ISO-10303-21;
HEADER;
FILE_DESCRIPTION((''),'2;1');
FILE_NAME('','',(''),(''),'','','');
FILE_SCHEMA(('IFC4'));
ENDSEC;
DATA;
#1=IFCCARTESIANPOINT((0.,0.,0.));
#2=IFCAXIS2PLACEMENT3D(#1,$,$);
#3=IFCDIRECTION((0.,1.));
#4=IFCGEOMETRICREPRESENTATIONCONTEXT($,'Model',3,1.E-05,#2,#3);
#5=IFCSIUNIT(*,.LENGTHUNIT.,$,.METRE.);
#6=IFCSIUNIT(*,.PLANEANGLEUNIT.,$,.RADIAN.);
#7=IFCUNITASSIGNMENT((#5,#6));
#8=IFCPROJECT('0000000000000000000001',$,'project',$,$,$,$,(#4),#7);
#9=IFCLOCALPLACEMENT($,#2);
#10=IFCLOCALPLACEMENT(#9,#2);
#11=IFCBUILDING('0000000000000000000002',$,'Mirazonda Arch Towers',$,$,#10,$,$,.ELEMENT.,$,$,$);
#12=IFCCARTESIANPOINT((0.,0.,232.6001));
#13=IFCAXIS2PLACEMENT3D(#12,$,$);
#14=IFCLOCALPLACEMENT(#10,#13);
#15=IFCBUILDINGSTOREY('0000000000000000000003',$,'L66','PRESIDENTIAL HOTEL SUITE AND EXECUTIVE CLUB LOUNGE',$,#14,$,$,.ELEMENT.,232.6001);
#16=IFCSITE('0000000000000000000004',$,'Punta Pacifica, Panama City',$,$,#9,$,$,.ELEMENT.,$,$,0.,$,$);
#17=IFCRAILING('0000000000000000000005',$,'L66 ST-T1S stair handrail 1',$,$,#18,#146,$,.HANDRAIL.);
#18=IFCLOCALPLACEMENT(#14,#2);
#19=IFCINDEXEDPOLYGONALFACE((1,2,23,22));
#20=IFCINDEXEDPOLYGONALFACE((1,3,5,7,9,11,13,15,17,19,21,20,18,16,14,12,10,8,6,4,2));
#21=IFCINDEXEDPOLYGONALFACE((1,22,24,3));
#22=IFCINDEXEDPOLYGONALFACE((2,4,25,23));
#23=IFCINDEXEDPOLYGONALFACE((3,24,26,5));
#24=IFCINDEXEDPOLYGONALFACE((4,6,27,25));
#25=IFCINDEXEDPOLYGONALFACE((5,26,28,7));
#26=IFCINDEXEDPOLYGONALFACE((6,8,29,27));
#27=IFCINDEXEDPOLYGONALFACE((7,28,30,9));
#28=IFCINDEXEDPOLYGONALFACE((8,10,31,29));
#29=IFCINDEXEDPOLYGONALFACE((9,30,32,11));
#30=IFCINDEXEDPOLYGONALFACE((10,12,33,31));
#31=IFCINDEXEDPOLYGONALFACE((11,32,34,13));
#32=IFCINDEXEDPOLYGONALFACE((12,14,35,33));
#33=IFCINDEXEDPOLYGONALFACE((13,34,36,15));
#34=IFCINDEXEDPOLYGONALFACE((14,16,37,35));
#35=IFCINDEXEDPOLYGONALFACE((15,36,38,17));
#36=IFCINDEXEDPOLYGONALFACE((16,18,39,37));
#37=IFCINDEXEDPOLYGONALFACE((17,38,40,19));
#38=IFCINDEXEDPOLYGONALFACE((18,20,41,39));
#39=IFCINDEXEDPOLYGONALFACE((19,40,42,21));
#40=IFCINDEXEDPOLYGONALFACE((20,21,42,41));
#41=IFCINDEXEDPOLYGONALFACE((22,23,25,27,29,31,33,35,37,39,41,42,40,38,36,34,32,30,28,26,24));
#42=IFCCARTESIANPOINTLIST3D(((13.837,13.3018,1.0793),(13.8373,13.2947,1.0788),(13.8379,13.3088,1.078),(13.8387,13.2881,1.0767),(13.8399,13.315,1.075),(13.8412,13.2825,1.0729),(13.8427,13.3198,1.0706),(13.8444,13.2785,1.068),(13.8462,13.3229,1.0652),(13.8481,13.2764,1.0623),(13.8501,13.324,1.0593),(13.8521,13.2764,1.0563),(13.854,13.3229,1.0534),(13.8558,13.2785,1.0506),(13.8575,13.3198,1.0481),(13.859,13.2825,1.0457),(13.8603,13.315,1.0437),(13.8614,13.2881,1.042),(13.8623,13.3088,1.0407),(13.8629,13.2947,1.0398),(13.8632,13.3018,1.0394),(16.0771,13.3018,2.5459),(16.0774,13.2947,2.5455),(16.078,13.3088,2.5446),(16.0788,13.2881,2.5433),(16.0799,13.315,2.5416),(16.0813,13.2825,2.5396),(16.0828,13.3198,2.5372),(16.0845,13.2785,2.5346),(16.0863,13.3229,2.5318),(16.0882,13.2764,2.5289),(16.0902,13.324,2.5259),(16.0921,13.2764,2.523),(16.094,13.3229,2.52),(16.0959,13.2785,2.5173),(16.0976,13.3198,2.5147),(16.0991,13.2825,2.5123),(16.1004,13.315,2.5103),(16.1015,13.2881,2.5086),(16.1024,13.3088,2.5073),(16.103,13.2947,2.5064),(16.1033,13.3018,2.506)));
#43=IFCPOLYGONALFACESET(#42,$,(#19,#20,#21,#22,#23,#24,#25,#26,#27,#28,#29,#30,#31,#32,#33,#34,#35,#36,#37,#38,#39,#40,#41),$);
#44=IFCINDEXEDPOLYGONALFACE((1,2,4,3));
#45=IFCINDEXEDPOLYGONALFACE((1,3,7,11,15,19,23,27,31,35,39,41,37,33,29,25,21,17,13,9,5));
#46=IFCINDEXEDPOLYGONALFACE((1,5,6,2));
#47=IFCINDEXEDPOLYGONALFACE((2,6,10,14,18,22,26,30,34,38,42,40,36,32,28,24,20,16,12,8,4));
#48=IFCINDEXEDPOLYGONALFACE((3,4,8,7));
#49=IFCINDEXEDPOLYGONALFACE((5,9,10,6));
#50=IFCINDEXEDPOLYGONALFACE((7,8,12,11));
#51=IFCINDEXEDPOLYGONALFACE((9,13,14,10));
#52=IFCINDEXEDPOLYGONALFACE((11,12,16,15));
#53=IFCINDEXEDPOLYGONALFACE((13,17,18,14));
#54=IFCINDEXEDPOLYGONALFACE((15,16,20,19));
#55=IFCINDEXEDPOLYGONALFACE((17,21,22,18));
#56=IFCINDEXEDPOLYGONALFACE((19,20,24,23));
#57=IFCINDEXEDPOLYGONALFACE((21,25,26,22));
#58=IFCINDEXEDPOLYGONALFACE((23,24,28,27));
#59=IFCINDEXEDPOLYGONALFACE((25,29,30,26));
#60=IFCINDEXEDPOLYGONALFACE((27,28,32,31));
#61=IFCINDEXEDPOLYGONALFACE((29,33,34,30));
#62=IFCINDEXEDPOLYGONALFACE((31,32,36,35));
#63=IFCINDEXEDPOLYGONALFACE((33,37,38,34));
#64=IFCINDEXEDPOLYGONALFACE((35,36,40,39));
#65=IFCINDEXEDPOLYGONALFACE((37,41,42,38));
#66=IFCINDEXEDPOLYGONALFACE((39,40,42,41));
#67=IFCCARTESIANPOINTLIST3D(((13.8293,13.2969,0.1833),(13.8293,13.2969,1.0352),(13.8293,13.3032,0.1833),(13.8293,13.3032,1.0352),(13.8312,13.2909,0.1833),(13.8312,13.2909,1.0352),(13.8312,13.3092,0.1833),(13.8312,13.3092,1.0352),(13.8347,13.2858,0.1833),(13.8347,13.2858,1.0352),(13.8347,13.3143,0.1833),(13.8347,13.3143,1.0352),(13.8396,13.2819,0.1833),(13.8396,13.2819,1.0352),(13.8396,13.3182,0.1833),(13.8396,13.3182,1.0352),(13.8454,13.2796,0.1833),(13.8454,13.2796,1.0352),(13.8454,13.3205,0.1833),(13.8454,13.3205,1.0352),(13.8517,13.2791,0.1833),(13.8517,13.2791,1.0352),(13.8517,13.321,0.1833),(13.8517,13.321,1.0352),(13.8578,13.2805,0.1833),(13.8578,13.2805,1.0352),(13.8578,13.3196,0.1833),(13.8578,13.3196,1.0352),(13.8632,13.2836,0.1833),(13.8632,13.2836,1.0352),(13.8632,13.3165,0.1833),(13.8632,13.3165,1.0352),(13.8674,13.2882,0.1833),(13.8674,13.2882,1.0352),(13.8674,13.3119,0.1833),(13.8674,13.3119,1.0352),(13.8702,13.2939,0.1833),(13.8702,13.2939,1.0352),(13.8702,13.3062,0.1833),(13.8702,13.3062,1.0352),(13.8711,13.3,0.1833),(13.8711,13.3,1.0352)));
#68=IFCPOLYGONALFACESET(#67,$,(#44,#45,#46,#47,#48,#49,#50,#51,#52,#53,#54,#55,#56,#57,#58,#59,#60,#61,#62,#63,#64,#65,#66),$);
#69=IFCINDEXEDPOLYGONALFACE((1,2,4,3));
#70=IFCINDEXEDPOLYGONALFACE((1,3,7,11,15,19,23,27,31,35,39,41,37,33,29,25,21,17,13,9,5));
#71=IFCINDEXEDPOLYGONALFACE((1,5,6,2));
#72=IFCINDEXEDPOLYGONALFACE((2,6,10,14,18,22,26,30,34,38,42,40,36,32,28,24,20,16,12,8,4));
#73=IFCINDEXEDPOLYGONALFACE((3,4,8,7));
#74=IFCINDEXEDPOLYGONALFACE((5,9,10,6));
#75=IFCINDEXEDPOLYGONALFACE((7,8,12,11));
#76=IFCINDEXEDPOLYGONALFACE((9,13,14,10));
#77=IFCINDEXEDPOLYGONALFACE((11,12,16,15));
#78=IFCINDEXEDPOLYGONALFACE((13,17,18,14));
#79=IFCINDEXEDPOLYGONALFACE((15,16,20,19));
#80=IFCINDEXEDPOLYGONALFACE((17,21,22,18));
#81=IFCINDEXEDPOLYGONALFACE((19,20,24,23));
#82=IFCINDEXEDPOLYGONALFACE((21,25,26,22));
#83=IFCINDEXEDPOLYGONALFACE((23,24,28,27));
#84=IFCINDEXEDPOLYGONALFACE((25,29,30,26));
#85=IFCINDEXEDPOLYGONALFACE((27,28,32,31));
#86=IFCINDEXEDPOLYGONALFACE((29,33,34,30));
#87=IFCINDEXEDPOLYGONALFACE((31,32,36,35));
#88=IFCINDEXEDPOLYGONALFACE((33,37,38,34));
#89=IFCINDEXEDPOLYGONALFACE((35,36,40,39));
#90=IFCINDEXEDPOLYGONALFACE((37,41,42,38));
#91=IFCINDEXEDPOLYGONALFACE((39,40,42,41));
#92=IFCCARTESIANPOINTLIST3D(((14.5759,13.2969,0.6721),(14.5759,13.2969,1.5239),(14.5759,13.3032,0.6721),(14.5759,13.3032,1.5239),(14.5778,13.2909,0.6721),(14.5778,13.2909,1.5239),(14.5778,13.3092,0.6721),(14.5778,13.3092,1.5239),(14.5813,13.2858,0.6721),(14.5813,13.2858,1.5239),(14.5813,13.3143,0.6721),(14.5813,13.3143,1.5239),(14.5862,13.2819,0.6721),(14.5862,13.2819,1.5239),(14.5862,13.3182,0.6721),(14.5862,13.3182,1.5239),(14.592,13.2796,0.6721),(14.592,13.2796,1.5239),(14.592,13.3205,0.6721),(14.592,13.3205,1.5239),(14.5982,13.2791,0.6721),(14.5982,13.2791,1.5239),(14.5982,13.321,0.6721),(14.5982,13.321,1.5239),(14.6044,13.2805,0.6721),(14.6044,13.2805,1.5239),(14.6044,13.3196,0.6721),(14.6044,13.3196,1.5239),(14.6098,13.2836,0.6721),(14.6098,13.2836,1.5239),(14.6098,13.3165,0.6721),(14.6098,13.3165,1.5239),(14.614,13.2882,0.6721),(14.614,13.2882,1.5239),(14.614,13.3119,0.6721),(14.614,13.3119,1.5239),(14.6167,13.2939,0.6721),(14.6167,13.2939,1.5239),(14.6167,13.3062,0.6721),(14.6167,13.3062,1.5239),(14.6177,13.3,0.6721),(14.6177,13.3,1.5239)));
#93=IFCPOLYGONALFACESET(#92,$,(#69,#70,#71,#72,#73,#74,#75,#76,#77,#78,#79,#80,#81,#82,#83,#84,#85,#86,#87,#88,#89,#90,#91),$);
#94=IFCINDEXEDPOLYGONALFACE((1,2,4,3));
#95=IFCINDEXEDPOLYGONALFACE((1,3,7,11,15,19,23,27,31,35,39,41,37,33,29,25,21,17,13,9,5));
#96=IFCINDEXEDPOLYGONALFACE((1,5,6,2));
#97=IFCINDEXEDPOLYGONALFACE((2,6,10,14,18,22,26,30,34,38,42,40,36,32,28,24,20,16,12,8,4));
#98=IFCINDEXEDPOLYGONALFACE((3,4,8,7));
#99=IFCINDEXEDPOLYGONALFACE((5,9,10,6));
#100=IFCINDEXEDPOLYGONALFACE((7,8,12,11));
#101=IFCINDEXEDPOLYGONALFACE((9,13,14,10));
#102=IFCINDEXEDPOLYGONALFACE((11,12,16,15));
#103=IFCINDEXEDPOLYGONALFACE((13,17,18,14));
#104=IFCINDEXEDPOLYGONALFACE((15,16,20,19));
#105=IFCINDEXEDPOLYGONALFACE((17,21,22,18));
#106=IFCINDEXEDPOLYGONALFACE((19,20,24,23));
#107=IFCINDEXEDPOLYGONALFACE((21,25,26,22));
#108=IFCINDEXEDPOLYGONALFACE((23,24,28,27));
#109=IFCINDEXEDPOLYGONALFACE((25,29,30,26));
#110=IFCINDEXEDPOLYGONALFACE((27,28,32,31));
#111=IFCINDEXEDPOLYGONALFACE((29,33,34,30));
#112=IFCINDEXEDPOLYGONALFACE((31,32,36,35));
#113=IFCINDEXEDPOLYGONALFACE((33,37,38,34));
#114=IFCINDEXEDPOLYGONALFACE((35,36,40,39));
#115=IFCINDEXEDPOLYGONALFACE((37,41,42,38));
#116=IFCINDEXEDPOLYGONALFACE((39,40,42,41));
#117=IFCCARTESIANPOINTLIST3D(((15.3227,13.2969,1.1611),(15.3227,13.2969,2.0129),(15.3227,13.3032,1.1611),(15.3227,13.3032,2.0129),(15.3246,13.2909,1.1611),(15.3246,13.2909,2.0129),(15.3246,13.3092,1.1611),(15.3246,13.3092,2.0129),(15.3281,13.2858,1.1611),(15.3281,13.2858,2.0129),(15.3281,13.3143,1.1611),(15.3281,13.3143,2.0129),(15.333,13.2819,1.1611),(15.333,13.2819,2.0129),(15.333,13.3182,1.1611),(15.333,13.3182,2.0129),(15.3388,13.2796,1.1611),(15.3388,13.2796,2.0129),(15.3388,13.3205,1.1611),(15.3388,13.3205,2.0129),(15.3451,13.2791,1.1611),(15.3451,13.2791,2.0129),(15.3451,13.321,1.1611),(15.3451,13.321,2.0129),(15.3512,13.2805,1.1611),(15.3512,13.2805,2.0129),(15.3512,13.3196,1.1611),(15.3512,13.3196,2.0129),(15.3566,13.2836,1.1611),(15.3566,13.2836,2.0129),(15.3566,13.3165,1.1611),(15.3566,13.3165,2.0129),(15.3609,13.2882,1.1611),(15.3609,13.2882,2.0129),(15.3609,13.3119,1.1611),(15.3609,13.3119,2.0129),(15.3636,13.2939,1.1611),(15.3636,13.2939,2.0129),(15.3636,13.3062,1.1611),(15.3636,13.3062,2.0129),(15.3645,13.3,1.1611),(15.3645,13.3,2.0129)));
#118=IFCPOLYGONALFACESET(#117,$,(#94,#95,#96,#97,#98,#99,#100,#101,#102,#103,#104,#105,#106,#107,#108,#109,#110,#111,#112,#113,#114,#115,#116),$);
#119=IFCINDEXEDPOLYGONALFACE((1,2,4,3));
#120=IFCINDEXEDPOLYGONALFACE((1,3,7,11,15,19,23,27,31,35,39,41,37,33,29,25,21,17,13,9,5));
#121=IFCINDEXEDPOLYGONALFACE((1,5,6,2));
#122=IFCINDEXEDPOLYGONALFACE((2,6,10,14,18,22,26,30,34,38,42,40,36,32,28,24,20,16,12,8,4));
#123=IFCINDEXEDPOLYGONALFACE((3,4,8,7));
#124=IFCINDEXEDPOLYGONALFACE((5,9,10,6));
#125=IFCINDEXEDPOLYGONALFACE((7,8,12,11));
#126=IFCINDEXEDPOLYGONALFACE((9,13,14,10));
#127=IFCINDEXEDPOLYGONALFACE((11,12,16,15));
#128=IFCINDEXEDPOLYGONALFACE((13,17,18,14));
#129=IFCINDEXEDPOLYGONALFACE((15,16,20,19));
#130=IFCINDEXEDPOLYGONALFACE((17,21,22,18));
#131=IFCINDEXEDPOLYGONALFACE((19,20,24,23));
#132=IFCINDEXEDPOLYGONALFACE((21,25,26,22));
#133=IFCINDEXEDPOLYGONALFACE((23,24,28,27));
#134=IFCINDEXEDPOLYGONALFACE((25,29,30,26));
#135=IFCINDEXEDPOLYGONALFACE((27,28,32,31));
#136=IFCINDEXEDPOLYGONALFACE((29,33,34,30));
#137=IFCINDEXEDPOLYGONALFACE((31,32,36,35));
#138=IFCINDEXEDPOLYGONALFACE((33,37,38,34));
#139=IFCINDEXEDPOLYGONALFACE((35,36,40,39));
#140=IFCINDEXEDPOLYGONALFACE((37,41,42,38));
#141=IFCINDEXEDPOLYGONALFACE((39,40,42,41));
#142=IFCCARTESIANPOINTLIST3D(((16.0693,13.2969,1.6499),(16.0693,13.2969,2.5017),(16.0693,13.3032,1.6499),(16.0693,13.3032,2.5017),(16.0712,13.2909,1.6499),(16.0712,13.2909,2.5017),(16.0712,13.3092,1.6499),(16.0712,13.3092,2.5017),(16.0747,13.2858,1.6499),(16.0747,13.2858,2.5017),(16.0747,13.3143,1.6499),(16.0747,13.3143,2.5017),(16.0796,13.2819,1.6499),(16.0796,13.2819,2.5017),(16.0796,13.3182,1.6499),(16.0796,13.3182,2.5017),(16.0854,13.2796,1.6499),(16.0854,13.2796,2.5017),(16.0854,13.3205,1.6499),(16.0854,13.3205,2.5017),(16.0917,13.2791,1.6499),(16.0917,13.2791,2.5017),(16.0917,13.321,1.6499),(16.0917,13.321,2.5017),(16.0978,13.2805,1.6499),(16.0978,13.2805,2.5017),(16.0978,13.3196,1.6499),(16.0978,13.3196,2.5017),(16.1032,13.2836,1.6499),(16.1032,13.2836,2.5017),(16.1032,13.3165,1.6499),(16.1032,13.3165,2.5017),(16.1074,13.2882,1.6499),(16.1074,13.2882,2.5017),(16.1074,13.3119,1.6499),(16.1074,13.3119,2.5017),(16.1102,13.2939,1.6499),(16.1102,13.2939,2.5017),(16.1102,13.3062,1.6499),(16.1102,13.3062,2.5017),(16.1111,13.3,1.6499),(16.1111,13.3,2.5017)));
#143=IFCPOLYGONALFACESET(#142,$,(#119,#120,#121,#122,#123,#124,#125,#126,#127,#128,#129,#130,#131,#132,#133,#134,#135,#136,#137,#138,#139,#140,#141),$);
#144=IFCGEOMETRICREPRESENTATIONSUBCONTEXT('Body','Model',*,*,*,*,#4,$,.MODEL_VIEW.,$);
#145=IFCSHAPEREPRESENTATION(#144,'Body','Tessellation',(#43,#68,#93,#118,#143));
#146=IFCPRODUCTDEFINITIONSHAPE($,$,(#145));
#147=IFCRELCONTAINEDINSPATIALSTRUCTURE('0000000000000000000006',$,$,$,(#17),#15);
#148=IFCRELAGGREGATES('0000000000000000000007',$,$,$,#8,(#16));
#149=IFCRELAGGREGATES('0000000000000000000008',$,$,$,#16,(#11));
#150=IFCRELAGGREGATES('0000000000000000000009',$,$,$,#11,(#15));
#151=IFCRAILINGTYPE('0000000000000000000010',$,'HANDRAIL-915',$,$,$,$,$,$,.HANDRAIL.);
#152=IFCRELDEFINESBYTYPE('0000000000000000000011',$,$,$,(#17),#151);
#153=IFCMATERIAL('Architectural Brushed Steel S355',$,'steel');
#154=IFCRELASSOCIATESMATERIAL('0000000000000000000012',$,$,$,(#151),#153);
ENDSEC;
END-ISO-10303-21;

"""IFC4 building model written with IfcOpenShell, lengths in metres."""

from ifc_helpers import new_model, si_unit, direction, frame, origin, origin_2d, place, context, subcontext, project, spatial, circle, extrude, material, type_object, element, save


model = new_model("IFC4")

# Units and contexts
model_context = context("Model", 3, precision=1e-05, world=origin(), true_north=direction((0.0, 1.0)))
body_context = subcontext(model_context, "Body", "Model", "MODEL_VIEW")
ifc_project = project(units=[si_unit("LENGTHUNIT", "METRE"), si_unit("PLANEANGLEUNIT", "RADIAN")], contexts=[model_context])

# Site, building, storey
site_placement = place(None, origin())
site = spatial("IfcSite", under=ifc_project, at=site_placement, Name="Punta Pacifica, Panama City", CompositionType="ELEMENT", RefElevation=0.0)
building_placement = place(site_placement, origin())
building = spatial("IfcBuilding", under=site, at=building_placement, Name="Mirazonda Arch Towers", CompositionType="ELEMENT")
storey_placement = place(building_placement, frame((0.0, 0.0, 232.6001)))
storey = spatial("IfcBuildingStorey", under=building, at=storey_placement, Name="L66", Description="PRESIDENTIAL HOTEL SUITE AND EXECUTIVE CLUB LOUNGE", CompositionType="ELEMENT", Elevation=232.6001)

# Shared definitions
ifc_material_1 = material(Name="Architectural Brushed Steel S355", Category="steel")

# Railing
railing_type_1 = type_object("IfcRailingType", Name="HANDRAIL-915", PredefinedType="HANDRAIL", material=ifc_material_1)
railing_1_placement = place(storey_placement, frame((13.8501, 13.3, 0.1833)))
element("IfcRailing", 1, at=railing_1_placement, inside=storey, type_object=railing_type_1, Name="L66 ST-T1S stair handrail 1", PredefinedType="HANDRAIL", context=body_context, shape_type="SweptSolid", body=[
    extrude(circle(Radius=0.0239, at=origin_2d()), frame((0.0, 0.0, 0.876), z_axis=(0.836637, 0.0, 0.547758), x_axis=(0.0, 1.0, 0.0)), (0.0, 0.0, 1.0), 2.6775),
    extrude(circle(Radius=0.021, at=origin_2d()), origin(), (0.0, 0.0, 1.0), 0.8518),
    extrude(circle(Radius=0.021, at=origin_2d()), frame((0.7466, 0.0, 0.4888)), (0.0, 0.0, 1.0), 0.8518),
    extrude(circle(Radius=0.021, at=origin_2d()), frame((1.4934, 0.0, 0.9778)), (0.0, 0.0, 1.0), 0.8518),
    extrude(circle(Radius=0.021, at=origin_2d()), frame((2.24, 0.0, 1.4666)), (0.0, 0.0, 1.0), 0.8518),
])

save(model, "model.ifc")
